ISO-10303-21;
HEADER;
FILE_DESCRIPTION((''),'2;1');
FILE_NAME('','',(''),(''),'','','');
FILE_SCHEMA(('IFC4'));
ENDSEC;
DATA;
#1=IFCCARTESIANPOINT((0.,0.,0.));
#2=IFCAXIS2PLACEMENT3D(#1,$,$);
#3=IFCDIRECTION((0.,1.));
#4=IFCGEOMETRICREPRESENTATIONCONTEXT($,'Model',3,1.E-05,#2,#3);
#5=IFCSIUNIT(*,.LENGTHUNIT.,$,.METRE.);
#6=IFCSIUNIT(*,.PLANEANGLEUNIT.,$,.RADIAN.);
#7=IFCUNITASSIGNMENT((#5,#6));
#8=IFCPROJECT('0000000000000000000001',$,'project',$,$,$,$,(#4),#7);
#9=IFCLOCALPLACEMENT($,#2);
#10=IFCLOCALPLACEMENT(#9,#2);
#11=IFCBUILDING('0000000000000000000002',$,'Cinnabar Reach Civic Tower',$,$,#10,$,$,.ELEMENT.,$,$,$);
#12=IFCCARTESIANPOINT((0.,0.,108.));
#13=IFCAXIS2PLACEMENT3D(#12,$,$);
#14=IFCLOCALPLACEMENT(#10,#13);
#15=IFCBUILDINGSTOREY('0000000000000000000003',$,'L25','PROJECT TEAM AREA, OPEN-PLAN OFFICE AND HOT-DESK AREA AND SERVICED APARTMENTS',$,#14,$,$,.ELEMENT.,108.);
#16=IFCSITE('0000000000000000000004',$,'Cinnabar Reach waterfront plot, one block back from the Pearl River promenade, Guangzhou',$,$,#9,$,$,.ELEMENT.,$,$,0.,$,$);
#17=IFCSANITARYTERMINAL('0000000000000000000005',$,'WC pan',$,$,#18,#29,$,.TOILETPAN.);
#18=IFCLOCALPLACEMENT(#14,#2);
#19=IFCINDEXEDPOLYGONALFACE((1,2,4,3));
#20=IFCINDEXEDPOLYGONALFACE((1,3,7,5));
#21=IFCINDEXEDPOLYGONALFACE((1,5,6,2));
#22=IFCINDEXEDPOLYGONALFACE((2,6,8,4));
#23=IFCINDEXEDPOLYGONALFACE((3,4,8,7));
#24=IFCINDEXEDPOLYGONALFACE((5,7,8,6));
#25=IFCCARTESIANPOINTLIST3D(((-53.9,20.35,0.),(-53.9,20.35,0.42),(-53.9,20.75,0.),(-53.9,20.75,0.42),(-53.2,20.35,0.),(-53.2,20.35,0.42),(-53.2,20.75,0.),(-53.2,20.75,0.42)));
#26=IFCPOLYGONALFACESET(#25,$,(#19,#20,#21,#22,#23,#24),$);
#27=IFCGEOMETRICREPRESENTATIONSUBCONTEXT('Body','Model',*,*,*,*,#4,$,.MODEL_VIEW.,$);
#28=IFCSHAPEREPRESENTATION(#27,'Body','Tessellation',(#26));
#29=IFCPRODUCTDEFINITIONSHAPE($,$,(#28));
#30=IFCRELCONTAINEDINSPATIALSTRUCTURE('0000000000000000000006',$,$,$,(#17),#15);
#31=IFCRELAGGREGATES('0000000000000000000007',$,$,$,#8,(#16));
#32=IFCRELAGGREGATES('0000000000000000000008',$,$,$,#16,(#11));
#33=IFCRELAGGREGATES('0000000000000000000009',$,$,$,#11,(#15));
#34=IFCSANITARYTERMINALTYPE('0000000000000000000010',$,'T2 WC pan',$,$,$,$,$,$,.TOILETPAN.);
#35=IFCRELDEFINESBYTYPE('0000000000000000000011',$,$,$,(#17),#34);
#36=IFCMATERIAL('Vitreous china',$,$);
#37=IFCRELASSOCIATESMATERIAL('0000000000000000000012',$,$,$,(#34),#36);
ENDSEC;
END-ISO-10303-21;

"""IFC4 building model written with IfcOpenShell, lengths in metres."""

from ifc_helpers import new_model, si_unit, direction, frame, origin, origin_2d, place, context, subcontext, project, spatial, rectangle, extrude, material, type_object, element, save


model = new_model("IFC4")

# Units and contexts
model_context = context("Model", 3, precision=1e-05, world=origin(), true_north=direction((0.0, 1.0)))
body_context = subcontext(model_context, "Body", "Model", "MODEL_VIEW")
ifc_project = project(units=[si_unit("LENGTHUNIT", "METRE"), si_unit("PLANEANGLEUNIT", "RADIAN")], contexts=[model_context])

# Site, building, storey
site_placement = place(None, origin())
site = spatial("IfcSite", under=ifc_project, at=site_placement, Name="Cinnabar Reach waterfront plot, one block back from the Pearl River promenade, Guangzhou", CompositionType="ELEMENT", RefElevation=0.0)
building_placement = place(site_placement, origin())
building = spatial("IfcBuilding", under=site, at=building_placement, Name="Cinnabar Reach Civic Tower", CompositionType="ELEMENT")
storey_placement = place(building_placement, frame((0.0, 0.0, 108.0)))
storey = spatial("IfcBuildingStorey", under=building, at=storey_placement, Name="L25", Description="PROJECT TEAM AREA, OPEN-PLAN OFFICE AND HOT-DESK AREA AND SERVICED APARTMENTS", CompositionType="ELEMENT", Elevation=108.0)

# Sanitary terminal
ifc_material_1 = material(Name="Vitreous china")
sanitary_terminal_type = type_object("IfcSanitaryTerminalType", Name="T2 WC pan", PredefinedType="TOILETPAN", material=ifc_material_1)
sanitary_terminal_placement = place(storey_placement, frame((-53.55, 20.55, 0.0), z_axis=(0.0, 0.0, 1.0), x_axis=(1.0, 0.0, 0.0)))
element("IfcSanitaryTerminal", 1, at=sanitary_terminal_placement, inside=storey, type_object=sanitary_terminal_type, Name="WC pan", PredefinedType="TOILETPAN", context=body_context, shape_type="SweptSolid", body=[
    extrude(rectangle(XDim=0.7, YDim=0.4, at=origin_2d()), origin(), (0.0, 0.0, 1.0), 0.42),
])

save(model, "model.ifc")
